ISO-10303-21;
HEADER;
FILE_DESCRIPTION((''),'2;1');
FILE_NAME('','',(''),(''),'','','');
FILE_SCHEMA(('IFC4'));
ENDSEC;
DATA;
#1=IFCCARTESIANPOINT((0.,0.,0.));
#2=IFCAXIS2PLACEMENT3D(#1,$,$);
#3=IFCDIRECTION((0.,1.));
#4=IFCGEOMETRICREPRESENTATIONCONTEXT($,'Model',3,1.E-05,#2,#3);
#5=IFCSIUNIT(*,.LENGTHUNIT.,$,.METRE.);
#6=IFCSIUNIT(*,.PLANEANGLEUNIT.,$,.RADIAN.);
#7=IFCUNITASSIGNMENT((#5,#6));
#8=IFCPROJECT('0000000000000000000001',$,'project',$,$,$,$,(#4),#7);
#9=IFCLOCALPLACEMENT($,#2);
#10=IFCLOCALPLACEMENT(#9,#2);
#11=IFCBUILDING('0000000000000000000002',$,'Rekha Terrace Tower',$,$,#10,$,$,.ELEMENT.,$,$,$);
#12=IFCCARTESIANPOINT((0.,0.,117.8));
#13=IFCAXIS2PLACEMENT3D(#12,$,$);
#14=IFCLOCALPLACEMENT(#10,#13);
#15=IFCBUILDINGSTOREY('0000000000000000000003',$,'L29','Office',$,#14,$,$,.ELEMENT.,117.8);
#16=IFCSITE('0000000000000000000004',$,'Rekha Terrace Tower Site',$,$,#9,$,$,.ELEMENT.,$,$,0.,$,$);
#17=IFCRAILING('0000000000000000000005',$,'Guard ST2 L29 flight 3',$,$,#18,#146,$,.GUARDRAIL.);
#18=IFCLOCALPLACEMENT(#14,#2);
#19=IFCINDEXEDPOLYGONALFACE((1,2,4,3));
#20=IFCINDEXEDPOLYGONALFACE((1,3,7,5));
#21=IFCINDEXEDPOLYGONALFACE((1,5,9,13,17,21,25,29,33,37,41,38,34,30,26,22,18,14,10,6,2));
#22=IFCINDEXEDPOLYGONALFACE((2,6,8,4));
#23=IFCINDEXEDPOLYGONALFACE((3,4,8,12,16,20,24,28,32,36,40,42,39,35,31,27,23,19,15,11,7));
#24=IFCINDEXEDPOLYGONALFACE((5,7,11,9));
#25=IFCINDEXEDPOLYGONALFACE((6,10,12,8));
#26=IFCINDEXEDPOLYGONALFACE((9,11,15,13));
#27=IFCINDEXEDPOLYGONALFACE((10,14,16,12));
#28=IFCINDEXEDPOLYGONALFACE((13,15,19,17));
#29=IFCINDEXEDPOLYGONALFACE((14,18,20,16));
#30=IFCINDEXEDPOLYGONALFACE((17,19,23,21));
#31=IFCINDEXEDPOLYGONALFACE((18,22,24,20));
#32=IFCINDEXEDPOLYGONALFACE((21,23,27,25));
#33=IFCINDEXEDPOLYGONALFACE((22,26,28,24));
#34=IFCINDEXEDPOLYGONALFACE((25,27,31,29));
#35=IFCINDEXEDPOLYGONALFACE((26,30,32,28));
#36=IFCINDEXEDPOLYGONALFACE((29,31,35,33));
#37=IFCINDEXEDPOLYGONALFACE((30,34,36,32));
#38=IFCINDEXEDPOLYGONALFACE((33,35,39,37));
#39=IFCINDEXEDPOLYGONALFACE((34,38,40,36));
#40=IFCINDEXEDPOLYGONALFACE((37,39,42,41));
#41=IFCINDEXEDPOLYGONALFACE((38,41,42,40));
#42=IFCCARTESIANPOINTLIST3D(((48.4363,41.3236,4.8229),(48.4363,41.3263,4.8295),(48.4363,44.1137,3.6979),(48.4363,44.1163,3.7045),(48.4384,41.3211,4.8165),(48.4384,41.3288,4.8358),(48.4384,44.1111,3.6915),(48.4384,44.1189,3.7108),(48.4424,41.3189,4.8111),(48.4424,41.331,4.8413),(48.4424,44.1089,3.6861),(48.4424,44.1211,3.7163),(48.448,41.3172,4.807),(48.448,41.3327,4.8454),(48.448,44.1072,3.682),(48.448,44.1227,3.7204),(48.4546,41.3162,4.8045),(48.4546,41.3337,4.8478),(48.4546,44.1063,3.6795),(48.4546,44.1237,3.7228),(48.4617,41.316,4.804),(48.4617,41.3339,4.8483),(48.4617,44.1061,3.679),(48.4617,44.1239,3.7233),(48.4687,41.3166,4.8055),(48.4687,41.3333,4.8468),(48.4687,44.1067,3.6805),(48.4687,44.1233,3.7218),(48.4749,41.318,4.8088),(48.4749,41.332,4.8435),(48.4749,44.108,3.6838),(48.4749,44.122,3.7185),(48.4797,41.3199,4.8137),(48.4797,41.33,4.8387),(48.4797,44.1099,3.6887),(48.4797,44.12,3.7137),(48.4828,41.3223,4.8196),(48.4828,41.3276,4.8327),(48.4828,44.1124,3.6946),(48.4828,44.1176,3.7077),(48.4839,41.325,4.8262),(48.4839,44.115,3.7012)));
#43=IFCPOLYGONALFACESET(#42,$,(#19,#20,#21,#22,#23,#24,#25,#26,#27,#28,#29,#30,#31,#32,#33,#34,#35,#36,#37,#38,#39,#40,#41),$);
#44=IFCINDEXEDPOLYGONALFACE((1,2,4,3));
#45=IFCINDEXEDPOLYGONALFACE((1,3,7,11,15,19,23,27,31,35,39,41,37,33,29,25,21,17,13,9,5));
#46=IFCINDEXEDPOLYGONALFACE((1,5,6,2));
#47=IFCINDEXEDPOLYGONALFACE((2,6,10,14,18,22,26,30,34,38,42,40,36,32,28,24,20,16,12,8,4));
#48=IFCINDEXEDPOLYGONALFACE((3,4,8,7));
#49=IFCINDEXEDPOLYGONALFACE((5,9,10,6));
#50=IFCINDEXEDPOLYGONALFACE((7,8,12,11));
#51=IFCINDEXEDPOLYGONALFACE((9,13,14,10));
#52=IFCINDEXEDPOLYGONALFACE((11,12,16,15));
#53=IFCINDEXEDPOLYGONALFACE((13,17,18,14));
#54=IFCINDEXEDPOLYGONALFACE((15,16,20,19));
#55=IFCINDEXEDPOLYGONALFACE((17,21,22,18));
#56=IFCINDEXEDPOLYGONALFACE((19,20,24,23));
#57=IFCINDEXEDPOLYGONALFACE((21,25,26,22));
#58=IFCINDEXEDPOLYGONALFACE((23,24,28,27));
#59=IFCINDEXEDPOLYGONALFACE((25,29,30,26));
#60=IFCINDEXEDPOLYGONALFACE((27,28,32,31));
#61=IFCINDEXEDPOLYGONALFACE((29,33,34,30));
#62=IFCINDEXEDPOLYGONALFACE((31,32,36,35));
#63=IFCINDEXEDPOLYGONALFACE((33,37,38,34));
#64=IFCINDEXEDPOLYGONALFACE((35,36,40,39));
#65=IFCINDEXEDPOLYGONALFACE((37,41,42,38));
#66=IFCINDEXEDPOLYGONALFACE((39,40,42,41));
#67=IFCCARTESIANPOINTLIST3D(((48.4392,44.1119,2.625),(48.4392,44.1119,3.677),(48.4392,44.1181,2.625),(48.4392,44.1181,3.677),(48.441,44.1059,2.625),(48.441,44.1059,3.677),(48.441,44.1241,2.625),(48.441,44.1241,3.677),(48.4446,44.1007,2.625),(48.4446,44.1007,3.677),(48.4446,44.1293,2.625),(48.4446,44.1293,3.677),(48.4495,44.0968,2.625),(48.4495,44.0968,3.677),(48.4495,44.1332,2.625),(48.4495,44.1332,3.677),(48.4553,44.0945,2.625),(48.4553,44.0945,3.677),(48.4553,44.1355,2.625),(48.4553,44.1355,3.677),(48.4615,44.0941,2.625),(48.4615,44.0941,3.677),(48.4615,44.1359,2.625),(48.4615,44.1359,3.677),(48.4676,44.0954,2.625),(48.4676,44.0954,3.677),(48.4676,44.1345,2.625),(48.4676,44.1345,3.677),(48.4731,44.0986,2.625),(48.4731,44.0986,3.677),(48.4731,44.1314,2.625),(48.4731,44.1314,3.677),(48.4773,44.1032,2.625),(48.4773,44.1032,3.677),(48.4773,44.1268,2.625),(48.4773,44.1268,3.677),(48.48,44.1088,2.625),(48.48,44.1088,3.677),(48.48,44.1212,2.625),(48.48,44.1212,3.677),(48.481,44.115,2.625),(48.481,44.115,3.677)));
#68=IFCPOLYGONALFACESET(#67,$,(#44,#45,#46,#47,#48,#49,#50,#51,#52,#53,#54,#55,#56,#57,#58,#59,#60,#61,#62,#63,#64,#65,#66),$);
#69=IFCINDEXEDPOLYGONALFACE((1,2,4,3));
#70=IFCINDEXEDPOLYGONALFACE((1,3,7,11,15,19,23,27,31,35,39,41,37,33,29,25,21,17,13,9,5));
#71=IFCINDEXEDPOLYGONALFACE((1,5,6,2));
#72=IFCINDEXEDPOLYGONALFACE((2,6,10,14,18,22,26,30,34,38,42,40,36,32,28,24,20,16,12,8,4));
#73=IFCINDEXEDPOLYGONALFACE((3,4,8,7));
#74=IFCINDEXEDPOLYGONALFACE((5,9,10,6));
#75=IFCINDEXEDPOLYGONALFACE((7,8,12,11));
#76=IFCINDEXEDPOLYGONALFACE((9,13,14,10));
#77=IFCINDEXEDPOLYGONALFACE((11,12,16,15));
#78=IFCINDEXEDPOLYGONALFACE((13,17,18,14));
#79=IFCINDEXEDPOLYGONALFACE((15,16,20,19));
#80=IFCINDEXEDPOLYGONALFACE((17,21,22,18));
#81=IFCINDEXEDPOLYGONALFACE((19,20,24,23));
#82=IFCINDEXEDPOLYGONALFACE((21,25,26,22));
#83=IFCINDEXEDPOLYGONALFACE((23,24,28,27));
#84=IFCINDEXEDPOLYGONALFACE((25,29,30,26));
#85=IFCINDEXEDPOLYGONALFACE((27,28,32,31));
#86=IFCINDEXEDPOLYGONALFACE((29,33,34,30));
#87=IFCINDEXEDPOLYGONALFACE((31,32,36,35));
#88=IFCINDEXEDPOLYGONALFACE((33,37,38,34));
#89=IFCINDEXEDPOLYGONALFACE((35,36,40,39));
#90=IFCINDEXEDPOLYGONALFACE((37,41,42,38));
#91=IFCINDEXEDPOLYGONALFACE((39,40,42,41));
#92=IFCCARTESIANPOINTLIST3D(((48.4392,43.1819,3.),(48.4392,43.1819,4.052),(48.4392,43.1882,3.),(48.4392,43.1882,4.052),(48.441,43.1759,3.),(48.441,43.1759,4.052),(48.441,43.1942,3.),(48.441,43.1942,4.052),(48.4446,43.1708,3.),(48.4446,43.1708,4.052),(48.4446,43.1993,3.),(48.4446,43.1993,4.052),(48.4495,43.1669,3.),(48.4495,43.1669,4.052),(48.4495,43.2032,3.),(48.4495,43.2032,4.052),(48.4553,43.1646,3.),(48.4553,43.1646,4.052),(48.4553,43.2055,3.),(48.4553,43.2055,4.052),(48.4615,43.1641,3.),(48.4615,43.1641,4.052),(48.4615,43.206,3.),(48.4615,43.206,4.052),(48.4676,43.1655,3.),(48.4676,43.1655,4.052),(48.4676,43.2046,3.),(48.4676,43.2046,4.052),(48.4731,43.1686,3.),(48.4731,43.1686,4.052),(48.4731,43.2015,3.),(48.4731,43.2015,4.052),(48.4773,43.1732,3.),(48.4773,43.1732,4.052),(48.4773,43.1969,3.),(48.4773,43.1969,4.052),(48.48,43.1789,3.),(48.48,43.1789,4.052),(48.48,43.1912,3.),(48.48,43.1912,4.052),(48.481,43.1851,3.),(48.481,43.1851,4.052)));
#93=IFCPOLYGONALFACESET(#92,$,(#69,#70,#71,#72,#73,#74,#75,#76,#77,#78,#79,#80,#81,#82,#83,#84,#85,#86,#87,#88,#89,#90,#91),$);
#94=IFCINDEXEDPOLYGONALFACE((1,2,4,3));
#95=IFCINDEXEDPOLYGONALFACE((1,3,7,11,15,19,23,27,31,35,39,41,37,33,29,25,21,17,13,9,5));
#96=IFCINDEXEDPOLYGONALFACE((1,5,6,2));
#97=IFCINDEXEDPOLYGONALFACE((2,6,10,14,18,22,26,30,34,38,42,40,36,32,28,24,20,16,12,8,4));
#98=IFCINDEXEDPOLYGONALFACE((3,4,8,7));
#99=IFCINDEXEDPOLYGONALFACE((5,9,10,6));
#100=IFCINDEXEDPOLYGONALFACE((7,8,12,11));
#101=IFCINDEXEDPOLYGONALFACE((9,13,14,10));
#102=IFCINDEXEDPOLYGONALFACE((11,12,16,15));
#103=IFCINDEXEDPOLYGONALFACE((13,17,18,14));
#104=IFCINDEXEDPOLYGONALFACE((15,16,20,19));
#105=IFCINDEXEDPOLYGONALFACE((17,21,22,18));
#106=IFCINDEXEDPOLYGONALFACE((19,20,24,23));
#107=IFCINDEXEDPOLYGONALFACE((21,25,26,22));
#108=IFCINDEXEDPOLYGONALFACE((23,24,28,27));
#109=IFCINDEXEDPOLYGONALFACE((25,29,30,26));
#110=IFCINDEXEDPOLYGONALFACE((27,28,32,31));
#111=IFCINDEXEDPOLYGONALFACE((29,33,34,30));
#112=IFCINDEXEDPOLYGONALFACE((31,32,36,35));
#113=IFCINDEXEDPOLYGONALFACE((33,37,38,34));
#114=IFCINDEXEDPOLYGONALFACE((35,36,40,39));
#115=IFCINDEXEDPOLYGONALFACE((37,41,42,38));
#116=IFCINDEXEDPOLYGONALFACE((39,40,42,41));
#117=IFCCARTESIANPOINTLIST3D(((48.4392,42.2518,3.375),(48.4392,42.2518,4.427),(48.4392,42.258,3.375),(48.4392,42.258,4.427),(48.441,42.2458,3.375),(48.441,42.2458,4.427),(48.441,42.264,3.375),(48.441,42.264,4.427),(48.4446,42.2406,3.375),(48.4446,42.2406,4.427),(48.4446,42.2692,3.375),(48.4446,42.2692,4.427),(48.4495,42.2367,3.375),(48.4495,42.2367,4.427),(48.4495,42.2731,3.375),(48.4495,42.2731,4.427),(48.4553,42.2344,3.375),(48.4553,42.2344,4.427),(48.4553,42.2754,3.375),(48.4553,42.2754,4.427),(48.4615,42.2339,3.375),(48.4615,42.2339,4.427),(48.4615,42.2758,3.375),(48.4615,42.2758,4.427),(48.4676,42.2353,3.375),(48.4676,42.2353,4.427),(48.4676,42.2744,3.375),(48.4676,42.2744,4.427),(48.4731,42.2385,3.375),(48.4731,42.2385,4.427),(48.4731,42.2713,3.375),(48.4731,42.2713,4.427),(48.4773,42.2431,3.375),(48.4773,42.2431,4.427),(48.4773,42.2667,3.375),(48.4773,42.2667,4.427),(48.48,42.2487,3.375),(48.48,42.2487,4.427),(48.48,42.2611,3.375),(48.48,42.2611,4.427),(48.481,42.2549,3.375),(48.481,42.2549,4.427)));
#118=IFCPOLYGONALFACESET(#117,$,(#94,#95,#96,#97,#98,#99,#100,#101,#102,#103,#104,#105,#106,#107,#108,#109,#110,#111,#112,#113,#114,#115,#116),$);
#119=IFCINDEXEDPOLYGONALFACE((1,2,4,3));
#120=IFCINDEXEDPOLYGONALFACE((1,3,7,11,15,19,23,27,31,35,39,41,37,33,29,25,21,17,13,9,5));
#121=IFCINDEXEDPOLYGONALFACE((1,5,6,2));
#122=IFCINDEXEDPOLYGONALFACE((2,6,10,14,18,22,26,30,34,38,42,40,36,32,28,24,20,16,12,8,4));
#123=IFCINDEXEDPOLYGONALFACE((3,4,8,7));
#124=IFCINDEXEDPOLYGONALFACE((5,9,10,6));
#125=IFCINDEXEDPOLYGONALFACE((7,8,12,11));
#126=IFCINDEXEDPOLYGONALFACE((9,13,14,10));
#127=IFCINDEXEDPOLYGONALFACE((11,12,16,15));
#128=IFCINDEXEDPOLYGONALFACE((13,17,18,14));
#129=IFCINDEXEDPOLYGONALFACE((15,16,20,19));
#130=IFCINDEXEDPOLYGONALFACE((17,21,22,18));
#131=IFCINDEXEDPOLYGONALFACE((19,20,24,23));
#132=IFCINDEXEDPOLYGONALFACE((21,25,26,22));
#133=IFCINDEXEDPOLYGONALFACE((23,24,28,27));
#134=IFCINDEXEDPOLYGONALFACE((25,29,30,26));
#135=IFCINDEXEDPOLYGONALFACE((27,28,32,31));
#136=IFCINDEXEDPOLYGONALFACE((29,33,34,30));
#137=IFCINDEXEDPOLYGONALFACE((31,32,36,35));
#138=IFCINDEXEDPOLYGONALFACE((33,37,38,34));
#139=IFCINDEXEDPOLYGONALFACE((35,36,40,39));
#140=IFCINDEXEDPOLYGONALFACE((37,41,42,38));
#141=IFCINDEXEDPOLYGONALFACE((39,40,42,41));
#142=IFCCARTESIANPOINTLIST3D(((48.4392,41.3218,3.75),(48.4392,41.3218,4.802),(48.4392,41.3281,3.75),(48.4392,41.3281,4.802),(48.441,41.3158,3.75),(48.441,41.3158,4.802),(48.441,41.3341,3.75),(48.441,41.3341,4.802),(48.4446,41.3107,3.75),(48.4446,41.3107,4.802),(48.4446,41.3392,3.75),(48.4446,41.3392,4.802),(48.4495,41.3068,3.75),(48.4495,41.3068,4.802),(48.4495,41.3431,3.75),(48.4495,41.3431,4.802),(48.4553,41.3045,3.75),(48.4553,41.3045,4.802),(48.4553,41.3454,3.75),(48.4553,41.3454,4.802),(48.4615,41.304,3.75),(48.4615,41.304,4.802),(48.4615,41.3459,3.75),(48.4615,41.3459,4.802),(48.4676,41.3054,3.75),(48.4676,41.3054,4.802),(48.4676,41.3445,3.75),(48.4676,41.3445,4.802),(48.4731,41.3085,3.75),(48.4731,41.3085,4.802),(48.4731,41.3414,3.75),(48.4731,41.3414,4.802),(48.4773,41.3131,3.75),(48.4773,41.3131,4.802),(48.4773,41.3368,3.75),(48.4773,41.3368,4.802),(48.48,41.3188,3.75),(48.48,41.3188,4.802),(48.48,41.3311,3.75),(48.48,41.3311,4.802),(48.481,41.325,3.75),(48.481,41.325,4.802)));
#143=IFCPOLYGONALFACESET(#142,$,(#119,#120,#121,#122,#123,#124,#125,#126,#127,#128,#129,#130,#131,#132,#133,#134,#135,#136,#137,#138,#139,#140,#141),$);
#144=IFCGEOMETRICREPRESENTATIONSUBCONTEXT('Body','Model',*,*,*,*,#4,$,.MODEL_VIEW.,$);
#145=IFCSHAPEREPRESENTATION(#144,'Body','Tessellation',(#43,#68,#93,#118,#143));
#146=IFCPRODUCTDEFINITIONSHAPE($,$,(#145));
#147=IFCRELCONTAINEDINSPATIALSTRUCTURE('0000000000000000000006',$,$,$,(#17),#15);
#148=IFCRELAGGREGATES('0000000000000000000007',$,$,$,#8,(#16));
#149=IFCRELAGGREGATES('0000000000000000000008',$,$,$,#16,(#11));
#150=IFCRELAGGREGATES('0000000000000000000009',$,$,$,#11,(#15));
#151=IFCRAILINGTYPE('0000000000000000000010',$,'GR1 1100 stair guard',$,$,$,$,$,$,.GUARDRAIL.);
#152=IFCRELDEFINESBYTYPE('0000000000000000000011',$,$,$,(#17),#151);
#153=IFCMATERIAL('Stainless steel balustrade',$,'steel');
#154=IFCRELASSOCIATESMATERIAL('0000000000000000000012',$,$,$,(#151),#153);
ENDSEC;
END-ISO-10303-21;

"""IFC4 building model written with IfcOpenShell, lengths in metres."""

from ifc_helpers import new_model, si_unit, direction, frame, origin, origin_2d, place, context, subcontext, project, spatial, circle, extrude, material, type_object, element, save


model = new_model("IFC4")

# Units and contexts
model_context = context("Model", 3, precision=1e-05, world=origin(), true_north=direction((0.0, 1.0)))
body_context = subcontext(model_context, "Body", "Model", "MODEL_VIEW")
ifc_project = project(units=[si_unit("LENGTHUNIT", "METRE"), si_unit("PLANEANGLEUNIT", "RADIAN")], contexts=[model_context])

# Site, building, storey
site_placement = place(None, origin())
site = spatial("IfcSite", under=ifc_project, at=site_placement, Name="Rekha Terrace Tower Site", CompositionType="ELEMENT", RefElevation=0.0)
building_placement = place(site_placement, origin())
building = spatial("IfcBuilding", under=site, at=building_placement, Name="Rekha Terrace Tower", CompositionType="ELEMENT")
storey_placement = place(building_placement, frame((0.0, 0.0, 117.8)))
storey = spatial("IfcBuildingStorey", under=building, at=storey_placement, Name="L29", Description="Office", CompositionType="ELEMENT", Elevation=117.8)

# Railing
ifc_material_1 = material(Name="Stainless steel balustrade", Category="steel")
railing_type_1 = type_object("IfcRailingType", Name="GR1 1100 stair guard", PredefinedType="GUARDRAIL", material=ifc_material_1)
railing_1_placement = place(storey_placement, frame((48.46, 44.115, 2.625)))
element("IfcRailing", 1, at=railing_1_placement, inside=storey, type_object=railing_type_1, Name="Guard ST2 L29 flight 3", PredefinedType="GUARDRAIL", context=body_context, shape_type="SweptSolid", body=[
    extrude(circle(Radius=0.0239, at=origin_2d()), frame((0.0, 0.0, 1.0762), z_axis=(0.0, -0.927443, 0.373964), x_axis=(1.0, 0.0, 0.0)), (0.0, 0.0, 1.0), 3.0083),
    extrude(circle(Radius=0.021, at=origin_2d()), origin(), (0.0, 0.0, 1.0), 1.052),
    extrude(circle(Radius=0.021, at=origin_2d()), frame((0.0, -0.9299, 0.375)), (0.0, 0.0, 1.0), 1.052),
    extrude(circle(Radius=0.021, at=origin_2d()), frame((0.0, -1.8601, 0.75)), (0.0, 0.0, 1.0), 1.052),
    extrude(circle(Radius=0.021, at=origin_2d()), frame((0.0, -2.79, 1.125)), (0.0, 0.0, 1.0), 1.052),
])

save(model, "model.ifc")
